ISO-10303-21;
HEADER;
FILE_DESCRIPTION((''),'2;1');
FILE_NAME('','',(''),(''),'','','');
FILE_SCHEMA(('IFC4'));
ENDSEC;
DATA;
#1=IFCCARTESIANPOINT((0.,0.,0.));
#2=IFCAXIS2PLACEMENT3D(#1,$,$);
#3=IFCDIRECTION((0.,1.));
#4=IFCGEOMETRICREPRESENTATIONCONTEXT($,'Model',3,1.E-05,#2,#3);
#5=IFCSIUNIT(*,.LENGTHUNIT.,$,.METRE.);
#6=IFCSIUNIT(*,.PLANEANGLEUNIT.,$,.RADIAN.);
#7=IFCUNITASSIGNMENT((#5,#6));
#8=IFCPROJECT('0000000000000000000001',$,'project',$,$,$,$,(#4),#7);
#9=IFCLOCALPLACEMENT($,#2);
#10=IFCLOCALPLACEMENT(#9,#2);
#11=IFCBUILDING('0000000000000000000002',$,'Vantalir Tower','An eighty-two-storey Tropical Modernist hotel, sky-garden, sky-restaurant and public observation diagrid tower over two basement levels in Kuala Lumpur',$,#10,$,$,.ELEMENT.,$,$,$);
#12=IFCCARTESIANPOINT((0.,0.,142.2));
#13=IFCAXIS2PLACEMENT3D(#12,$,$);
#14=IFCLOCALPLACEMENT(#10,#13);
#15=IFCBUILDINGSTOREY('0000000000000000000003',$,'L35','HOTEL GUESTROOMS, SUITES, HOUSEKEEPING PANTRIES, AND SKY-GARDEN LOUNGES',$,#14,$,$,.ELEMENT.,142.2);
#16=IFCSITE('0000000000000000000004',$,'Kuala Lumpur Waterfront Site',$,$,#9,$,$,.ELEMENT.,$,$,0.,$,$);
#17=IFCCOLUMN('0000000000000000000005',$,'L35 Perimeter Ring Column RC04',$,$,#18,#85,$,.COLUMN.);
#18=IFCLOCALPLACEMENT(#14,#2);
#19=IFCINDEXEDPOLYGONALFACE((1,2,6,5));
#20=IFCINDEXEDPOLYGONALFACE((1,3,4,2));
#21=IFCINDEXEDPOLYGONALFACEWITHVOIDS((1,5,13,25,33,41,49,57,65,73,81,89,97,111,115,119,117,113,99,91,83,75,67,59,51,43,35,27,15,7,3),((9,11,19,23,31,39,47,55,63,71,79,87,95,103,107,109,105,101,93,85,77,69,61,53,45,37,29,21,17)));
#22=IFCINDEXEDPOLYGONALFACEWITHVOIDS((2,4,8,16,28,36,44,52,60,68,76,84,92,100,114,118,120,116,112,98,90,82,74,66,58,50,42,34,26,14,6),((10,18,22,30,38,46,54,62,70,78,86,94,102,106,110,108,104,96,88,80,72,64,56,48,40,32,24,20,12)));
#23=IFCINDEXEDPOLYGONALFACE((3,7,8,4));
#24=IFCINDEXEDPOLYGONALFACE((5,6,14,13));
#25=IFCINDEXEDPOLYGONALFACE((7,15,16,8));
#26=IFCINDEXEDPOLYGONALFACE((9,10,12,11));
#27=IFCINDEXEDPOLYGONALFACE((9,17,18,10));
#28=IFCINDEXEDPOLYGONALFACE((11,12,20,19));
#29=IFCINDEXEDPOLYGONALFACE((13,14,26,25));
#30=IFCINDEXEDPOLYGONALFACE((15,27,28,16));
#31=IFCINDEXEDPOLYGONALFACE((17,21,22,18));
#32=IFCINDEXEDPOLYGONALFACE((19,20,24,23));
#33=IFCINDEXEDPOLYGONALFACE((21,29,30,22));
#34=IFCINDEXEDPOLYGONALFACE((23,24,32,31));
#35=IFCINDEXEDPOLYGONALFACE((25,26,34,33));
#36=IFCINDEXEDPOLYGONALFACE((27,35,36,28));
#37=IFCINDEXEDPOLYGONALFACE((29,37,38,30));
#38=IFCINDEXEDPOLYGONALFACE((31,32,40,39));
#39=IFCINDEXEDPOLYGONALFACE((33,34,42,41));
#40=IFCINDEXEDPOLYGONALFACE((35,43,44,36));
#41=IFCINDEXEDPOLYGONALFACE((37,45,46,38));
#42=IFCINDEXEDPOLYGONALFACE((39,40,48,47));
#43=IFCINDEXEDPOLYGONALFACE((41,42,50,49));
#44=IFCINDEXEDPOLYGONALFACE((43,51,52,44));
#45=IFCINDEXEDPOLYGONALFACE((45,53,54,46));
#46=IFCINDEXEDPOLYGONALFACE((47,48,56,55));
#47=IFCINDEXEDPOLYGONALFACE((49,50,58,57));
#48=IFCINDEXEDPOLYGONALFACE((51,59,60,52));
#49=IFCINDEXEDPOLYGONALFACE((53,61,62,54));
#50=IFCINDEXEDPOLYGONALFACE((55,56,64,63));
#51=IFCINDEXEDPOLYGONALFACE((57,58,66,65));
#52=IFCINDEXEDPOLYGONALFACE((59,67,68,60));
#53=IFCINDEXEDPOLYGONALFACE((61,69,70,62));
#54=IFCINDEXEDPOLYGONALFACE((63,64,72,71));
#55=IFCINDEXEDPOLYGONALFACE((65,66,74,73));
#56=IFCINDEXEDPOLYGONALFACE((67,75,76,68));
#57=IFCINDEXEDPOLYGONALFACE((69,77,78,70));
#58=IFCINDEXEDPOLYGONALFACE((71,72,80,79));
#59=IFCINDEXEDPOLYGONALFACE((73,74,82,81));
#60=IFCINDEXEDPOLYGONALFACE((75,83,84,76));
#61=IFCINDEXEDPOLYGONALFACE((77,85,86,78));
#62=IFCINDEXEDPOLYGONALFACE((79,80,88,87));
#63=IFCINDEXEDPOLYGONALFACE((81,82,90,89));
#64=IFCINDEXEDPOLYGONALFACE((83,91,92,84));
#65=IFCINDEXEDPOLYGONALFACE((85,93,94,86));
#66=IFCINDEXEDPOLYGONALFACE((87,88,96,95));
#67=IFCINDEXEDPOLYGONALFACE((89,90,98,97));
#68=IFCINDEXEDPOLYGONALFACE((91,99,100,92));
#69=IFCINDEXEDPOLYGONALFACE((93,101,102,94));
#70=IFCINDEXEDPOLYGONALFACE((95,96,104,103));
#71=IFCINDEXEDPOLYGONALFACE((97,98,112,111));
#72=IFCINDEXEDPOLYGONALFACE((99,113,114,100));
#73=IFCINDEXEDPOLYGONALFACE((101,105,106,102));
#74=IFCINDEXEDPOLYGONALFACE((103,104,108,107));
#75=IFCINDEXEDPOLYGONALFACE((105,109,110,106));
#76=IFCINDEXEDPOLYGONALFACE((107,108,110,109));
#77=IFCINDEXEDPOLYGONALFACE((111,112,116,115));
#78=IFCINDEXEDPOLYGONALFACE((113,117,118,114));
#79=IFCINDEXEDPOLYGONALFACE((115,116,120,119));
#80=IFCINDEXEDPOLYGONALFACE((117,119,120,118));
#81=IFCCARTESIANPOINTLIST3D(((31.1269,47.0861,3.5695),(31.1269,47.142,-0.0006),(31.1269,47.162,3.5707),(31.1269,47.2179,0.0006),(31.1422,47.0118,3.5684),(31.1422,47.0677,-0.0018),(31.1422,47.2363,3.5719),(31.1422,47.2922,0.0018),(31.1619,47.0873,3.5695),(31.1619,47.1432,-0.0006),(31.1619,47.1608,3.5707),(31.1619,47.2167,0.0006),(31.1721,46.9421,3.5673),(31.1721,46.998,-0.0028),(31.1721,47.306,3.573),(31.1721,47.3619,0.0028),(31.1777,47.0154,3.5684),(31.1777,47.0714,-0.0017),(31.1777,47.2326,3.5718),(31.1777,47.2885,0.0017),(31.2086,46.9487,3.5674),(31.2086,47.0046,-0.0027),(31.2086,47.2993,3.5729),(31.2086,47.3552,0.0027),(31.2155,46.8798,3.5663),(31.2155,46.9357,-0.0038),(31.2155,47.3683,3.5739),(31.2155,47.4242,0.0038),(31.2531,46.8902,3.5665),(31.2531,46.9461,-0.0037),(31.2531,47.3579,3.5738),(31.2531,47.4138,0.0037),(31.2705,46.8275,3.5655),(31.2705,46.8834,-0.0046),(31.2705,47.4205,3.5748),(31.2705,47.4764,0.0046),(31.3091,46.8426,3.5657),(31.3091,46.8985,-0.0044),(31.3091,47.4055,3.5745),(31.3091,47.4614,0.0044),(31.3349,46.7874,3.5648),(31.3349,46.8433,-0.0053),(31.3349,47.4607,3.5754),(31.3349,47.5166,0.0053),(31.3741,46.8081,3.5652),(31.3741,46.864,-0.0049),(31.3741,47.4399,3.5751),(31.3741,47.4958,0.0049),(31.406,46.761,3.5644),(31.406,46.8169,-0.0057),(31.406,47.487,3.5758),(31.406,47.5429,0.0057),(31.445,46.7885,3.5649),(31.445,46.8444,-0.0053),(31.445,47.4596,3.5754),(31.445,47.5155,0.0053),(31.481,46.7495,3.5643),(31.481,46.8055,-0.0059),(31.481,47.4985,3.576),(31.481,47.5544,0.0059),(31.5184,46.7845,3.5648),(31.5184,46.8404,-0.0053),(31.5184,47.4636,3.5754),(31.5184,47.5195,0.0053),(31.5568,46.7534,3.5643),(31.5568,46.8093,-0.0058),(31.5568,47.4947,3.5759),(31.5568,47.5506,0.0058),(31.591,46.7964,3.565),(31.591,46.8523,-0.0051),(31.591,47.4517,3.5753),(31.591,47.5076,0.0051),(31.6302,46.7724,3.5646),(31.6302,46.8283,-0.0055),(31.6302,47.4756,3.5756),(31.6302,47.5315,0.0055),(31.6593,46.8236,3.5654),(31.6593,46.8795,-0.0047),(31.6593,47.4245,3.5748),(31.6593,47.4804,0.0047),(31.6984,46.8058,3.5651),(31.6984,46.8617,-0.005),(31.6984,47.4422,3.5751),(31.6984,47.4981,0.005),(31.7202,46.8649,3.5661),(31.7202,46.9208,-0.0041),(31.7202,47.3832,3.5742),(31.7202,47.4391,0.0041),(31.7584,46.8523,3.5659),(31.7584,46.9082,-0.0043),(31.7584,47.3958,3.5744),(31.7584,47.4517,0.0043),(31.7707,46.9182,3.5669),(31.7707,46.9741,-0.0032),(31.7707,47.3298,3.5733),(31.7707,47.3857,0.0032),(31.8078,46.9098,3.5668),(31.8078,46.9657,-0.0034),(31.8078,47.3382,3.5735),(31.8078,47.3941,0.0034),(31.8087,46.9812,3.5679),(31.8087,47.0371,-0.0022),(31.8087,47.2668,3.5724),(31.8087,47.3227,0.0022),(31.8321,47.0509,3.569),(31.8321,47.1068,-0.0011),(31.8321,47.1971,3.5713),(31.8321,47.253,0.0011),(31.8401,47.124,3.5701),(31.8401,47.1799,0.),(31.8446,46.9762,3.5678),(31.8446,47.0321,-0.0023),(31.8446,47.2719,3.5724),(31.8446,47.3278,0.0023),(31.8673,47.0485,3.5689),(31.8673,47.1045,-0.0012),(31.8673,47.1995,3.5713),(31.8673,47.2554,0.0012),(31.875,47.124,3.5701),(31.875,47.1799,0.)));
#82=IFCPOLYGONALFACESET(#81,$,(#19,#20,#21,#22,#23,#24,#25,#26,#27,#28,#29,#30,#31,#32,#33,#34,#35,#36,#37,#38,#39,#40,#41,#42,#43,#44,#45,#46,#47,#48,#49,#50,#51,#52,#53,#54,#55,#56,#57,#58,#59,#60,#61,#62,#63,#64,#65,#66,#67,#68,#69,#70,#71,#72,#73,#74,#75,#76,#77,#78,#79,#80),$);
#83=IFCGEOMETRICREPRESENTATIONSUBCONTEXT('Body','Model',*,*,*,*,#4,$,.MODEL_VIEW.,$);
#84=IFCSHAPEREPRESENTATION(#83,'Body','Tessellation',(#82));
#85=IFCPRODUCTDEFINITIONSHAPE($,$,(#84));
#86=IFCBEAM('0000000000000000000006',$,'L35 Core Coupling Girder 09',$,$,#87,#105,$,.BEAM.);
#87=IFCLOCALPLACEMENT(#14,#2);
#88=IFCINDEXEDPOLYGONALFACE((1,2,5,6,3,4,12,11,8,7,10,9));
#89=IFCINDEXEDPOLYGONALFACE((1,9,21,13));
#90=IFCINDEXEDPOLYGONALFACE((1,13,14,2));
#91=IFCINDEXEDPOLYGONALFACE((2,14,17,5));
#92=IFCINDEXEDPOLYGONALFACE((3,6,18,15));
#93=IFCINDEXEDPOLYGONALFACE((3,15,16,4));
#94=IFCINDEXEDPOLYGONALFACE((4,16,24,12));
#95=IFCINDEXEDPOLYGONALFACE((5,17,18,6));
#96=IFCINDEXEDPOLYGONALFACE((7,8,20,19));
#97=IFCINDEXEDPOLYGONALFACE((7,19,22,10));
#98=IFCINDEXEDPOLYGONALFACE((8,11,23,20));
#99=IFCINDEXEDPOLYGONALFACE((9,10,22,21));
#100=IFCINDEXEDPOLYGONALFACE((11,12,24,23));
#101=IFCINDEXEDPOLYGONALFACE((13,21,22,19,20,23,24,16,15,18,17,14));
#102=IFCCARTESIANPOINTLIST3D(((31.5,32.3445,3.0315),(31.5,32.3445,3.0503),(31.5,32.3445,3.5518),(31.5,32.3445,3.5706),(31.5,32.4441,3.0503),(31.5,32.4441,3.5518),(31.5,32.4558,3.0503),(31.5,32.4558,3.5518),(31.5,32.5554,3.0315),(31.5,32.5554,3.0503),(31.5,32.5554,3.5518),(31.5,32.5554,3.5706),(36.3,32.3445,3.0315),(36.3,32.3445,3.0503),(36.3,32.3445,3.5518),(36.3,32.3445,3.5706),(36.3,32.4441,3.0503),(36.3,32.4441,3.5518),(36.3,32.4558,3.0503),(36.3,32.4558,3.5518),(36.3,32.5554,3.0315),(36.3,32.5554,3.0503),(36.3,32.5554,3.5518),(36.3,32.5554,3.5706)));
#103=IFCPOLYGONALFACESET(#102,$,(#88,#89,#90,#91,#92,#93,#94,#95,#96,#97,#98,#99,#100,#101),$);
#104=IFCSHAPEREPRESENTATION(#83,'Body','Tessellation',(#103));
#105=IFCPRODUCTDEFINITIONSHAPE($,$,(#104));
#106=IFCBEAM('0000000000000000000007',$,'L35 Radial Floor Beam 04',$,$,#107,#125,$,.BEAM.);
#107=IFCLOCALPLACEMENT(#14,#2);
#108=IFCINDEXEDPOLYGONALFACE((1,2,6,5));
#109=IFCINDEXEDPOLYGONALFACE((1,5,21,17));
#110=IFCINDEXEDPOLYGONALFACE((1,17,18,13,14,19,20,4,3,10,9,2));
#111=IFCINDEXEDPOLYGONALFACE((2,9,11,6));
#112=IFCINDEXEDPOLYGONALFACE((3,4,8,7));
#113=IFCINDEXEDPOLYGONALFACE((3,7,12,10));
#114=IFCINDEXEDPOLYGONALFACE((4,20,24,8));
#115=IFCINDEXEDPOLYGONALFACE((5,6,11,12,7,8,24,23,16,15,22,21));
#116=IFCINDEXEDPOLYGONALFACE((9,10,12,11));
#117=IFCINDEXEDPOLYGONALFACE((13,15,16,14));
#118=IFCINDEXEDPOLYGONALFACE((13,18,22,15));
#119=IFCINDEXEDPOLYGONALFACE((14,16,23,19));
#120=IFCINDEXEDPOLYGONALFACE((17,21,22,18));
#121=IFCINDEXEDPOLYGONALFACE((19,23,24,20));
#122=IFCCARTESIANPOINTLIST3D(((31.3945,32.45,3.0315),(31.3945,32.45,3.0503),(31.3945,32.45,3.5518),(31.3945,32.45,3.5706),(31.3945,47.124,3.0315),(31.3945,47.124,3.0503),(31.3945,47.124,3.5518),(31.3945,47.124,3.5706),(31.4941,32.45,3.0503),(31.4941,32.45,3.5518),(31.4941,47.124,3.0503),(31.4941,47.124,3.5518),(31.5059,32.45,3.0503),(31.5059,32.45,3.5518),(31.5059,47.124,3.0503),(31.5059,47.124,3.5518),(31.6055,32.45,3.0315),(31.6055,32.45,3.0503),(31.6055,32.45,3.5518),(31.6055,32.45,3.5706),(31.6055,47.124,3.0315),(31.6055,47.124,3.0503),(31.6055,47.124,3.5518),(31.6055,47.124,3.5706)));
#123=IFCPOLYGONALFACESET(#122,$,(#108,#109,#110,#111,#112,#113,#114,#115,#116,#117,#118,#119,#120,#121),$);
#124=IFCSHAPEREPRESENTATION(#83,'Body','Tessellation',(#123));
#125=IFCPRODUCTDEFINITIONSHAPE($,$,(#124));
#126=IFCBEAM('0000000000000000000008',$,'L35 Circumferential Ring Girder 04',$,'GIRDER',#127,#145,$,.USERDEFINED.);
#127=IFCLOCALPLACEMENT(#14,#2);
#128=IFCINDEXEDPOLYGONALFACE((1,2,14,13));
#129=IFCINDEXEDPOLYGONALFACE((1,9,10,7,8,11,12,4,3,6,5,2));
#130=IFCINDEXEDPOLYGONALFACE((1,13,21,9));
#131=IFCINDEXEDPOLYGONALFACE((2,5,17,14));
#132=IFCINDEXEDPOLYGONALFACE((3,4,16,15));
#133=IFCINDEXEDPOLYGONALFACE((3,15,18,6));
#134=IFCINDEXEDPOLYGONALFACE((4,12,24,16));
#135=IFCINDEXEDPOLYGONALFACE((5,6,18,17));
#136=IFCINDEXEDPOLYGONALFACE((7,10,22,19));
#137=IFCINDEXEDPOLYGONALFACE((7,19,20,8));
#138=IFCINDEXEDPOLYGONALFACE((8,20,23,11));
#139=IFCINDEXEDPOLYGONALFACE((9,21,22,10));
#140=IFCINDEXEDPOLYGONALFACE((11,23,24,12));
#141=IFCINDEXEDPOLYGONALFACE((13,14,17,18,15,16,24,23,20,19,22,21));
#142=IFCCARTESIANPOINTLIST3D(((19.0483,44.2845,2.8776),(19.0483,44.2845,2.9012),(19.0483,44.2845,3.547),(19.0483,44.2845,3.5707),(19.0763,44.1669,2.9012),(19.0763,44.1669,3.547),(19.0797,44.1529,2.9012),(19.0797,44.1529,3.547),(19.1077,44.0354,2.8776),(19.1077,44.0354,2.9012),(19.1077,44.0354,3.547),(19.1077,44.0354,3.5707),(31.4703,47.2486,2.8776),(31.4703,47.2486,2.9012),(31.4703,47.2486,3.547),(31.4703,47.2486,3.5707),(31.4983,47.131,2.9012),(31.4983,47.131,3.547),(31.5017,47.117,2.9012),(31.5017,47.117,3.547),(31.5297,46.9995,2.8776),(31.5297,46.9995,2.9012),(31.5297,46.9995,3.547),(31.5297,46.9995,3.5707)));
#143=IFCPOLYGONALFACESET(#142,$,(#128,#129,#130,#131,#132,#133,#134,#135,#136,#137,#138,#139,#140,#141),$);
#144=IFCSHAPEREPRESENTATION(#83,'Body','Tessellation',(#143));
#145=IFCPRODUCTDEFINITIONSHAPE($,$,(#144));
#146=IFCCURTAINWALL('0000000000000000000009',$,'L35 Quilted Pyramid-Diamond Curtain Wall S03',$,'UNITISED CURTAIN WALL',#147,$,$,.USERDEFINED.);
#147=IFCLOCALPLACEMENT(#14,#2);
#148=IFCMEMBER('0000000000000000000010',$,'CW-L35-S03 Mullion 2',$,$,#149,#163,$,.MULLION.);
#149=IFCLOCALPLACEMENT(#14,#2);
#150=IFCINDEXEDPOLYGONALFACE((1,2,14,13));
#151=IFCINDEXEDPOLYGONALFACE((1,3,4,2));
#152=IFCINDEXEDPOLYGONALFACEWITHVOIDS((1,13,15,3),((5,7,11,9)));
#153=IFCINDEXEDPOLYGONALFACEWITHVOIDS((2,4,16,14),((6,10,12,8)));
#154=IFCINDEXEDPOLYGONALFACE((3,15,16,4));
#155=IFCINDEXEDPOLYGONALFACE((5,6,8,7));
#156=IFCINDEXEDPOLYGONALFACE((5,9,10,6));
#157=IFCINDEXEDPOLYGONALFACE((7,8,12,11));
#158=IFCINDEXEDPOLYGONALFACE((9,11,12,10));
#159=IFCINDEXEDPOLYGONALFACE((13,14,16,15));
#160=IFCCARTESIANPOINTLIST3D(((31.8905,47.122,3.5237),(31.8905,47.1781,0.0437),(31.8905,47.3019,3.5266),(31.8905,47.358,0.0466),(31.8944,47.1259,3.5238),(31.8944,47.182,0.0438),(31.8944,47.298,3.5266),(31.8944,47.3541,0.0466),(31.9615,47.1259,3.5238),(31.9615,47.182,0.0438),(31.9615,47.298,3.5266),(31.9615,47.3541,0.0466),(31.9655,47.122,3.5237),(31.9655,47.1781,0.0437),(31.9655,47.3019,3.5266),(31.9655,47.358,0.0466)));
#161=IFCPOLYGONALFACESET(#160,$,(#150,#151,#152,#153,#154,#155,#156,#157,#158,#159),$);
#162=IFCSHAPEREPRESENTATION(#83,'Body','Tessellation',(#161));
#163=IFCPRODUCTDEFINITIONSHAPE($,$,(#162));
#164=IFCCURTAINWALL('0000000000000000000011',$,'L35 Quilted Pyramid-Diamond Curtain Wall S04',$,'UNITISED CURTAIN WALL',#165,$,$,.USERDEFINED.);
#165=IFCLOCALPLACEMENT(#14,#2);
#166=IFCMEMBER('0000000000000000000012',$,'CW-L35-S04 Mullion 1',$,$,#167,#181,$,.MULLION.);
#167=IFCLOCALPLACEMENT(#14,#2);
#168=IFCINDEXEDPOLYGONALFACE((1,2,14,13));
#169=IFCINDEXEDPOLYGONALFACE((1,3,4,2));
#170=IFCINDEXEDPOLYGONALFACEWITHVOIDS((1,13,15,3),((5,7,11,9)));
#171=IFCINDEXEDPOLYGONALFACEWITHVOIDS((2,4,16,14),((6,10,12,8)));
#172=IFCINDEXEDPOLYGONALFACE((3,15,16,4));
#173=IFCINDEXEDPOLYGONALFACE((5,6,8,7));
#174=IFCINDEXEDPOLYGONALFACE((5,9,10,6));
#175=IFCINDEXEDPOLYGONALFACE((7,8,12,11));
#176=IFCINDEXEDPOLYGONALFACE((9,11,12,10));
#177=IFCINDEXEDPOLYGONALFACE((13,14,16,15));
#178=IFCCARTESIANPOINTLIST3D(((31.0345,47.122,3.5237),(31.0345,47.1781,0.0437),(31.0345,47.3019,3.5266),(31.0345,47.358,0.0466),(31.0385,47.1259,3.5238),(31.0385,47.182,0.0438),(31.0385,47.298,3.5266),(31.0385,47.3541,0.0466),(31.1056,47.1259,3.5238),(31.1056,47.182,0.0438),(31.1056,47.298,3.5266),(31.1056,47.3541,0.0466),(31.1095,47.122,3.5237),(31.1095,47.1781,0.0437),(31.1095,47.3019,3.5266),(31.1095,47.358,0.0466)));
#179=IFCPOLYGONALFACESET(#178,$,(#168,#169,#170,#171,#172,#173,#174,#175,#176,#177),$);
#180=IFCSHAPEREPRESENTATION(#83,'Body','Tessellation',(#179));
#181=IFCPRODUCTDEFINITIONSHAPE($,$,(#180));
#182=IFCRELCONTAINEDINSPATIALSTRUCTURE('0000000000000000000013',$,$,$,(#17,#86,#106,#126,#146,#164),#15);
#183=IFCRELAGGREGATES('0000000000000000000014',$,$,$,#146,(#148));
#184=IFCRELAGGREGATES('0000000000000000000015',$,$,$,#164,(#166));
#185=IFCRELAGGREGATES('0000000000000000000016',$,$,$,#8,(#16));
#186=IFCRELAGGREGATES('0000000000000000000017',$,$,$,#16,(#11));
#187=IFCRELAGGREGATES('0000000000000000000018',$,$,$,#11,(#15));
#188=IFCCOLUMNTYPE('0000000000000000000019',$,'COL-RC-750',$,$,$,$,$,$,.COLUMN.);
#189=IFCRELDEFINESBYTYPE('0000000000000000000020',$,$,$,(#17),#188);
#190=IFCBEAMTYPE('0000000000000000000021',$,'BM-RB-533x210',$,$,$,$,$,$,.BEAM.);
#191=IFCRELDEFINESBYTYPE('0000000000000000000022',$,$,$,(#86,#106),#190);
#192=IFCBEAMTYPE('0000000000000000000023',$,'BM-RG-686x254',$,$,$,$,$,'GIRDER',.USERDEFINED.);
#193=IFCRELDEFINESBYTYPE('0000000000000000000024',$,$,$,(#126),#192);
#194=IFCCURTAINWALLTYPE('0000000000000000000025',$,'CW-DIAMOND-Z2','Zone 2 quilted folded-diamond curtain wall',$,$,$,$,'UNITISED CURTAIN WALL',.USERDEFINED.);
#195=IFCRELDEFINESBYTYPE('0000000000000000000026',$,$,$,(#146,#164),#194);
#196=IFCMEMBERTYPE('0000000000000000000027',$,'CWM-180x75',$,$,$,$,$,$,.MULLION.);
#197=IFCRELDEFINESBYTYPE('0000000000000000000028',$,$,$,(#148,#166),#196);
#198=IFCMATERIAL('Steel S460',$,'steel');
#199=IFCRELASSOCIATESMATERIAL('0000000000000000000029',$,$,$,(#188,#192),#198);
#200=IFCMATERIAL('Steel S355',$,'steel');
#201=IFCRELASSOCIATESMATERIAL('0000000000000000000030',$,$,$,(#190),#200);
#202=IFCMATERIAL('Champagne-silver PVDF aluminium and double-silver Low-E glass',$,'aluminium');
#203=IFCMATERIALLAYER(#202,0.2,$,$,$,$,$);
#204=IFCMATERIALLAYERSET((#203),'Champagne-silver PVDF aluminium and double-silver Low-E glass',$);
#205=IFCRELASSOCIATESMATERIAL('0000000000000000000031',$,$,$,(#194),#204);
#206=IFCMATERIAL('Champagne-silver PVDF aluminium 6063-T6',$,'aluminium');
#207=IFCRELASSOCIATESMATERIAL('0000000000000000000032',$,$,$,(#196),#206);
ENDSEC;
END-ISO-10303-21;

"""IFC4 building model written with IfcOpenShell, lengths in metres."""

from ifc_helpers import new_model, si_unit, direction, frame, origin, origin_2d, place, context, subcontext, project, spatial, hollow_rectangle, hollow_circle, i_section, extrude, material, layer, layer_set, material_profile, profile_set, type_object, element, aggregate, save


model = new_model("IFC4")

# Units and contexts
model_context = context("Model", 3, precision=1e-05, world=origin(), true_north=direction((0.0, 1.0)))
body_context = subcontext(model_context, "Body", "Model", "MODEL_VIEW")
ifc_project = project(units=[si_unit("LENGTHUNIT", "METRE"), si_unit("PLANEANGLEUNIT", "RADIAN")], contexts=[model_context])

# Site, building, storey
site_placement = place(None, origin())
site = spatial("IfcSite", under=ifc_project, at=site_placement, Name="Kuala Lumpur Waterfront Site", CompositionType="ELEMENT", RefElevation=0.0)
building_placement = place(site_placement, origin())
building = spatial("IfcBuilding", under=site, at=building_placement, Name="Vantalir Tower", Description="An eighty-two-storey Tropical Modernist hotel, sky-garden, sky-restaurant and public observation diagrid tower over two basement levels in Kuala Lumpur", CompositionType="ELEMENT")
storey_placement = place(building_placement, frame((0.0, 0.0, 142.2)))
storey = spatial("IfcBuildingStorey", under=building, at=storey_placement, Name="L35", Description="HOTEL GUESTROOMS, SUITES, HOUSEKEEPING PANTRIES, AND SKY-GARDEN LOUNGES", CompositionType="ELEMENT", Elevation=142.2)

# Column
ifc_material_1 = material(Name="Steel S460", Category="steel")
ifc_material_profile_1 = material_profile(ifc_material_1, hollow_circle(Radius=0.375, WallThickness=0.0349, at=origin_2d()), Name="Steel S460")
ifc_profile_set_1 = profile_set([ifc_material_profile_1], Name="Steel S460")
column_type = type_object("IfcColumnType", Name="COL-RC-750", PredefinedType="COLUMN", material=ifc_profile_set_1)
column_placement = place(storey_placement, frame((31.5, 47.1799, 0.0), z_axis=(0.0, -0.015658, 0.999877), x_axis=(1.0, 0.0, 0.0)))
element("IfcColumn", 1, at=column_placement, inside=storey, type_object=column_type, Name="L35 Perimeter Ring Column RC04", PredefinedType="COLUMN", context=body_context, shape_type="SweptSolid", body=[
    extrude(hollow_circle(Radius=0.375, WallThickness=0.0349, at=origin_2d()), origin(), (0.0, 0.0, 1.0), 3.5706),
])

# Beams
ifc_material_2 = material(Name="Steel S355", Category="steel")
ifc_material_profile_2 = material_profile(ifc_material_2, i_section(OverallWidth=0.2109, OverallDepth=0.5391, WebThickness=0.0117, FlangeThickness=0.0188, at=origin_2d()), Name="Steel S355")
ifc_profile_set_2 = profile_set([ifc_material_profile_2], Name="Steel S355")
beam_type_1 = type_object("IfcBeamType", Name="BM-RB-533x210", PredefinedType="BEAM", material=ifc_profile_set_2)
beam_1_placement = place(storey_placement, frame((36.3, 32.45, 3.301), z_axis=(-1.0, 0.0, 0.0), x_axis=(0.0, -1.0, 0.0)))
element("IfcBeam", 2, at=beam_1_placement, inside=storey, type_object=beam_type_1, Name="L35 Core Coupling Girder 09", PredefinedType="BEAM", context=body_context, shape_type="SweptSolid", body=[
    extrude(i_section(OverallWidth=0.2109, OverallDepth=0.5391, WebThickness=0.0117, FlangeThickness=0.0188, at=origin_2d()), origin(), (0.0, 0.0, 1.0), 4.8),
])
beam_2_placement = place(storey_placement, frame((31.5, 47.124, 3.301), z_axis=(0.0, -1.0, 0.0), x_axis=(1.0, 0.0, 0.0)))
element("IfcBeam", 3, at=beam_2_placement, inside=storey, type_object=beam_type_1, Name="L35 Radial Floor Beam 04", PredefinedType="BEAM", context=body_context, shape_type="SweptSolid", body=[
    extrude(i_section(OverallWidth=0.2109, OverallDepth=0.5391, WebThickness=0.0117, FlangeThickness=0.0188, at=origin_2d()), origin(), (0.0, 0.0, 1.0), 14.6741),
])
ifc_material_profile_3 = material_profile(ifc_material_1, i_section(OverallWidth=0.2561, OverallDepth=0.6931, WebThickness=0.0144, FlangeThickness=0.0237, at=origin_2d()), Name="Steel S460")
ifc_profile_set_3 = profile_set([ifc_material_profile_3], Name="Steel S460")
beam_type_2 = type_object("IfcBeamType", Name="BM-RG-686x254", ElementType="GIRDER", PredefinedType="USERDEFINED", material=ifc_profile_set_3)
beam_3_placement = place(storey_placement, frame((31.5, 47.124, 3.2241), z_axis=(-0.972692, -0.232099, 0.0), x_axis=(0.232099, -0.972692, 0.0)))
element("IfcBeam", 4, at=beam_3_placement, inside=storey, type_object=beam_type_2, Name="L35 Circumferential Ring Girder 04", ObjectType="GIRDER", PredefinedType="USERDEFINED", context=body_context, shape_type="SweptSolid", body=[
    extrude(i_section(OverallWidth=0.2561, OverallDepth=0.6931, WebThickness=0.0144, FlangeThickness=0.0237, at=origin_2d()), origin(), (0.0, 0.0, 1.0), 12.7708),
])

# Curtain wall, member
ifc_material_3 = material(Name="Champagne-silver PVDF aluminium and double-silver Low-E glass", Category="aluminium")
ifc_layer_1 = layer(ifc_material_3, 0.2)
ifc_layer_set_1 = layer_set([ifc_layer_1], Name="Champagne-silver PVDF aluminium and double-silver Low-E glass")
curtain_wall_type = type_object("IfcCurtainWallType", Name="CW-DIAMOND-Z2", Description="Zone 2 quilted folded-diamond curtain wall", ElementType="UNITISED CURTAIN WALL", PredefinedType="USERDEFINED", material=ifc_layer_set_1)
curtain_wall_1_placement = place(storey_placement, origin())
curtain_wall_1 = element("IfcCurtainWall", 5, at=curtain_wall_1_placement, inside=storey, type_object=curtain_wall_type, Name="L35 Quilted Pyramid-Diamond Curtain Wall S03", ObjectType="UNITISED CURTAIN WALL", PredefinedType="USERDEFINED")
ifc_material_4 = material(Name="Champagne-silver PVDF aluminium 6063-T6", Category="aluminium")
ifc_material_profile_4 = material_profile(ifc_material_4, hollow_rectangle(XDim=0.075, YDim=0.1799, WallThickness=0.0039, at=origin_2d()), Name="Champagne-silver PVDF aluminium 6063-T6")
ifc_profile_set_4 = profile_set([ifc_material_profile_4], Name="Champagne-silver PVDF aluminium 6063-T6")
member_type_1 = type_object("IfcMemberType", Name="CWM-180x75", PredefinedType="MULLION", material=ifc_profile_set_4)
member_1_placement = place(storey_placement, frame((31.928, 47.2681, 0.0452), z_axis=(0.0, -0.016134, 0.99987), x_axis=(1.0, 0.0, 0.0)))
member_1 = element("IfcMember", 6, at=member_1_placement, type_object=member_type_1, Name="CW-L35-S03 Mullion 2", PredefinedType="MULLION", context=body_context, shape_type="SweptSolid", body=[
    extrude(hollow_rectangle(XDim=0.075, YDim=0.1799, WallThickness=0.0039, at=origin_2d()), origin(), (0.0, 0.0, 1.0), 3.4805),
])

# Curtain wall, member
curtain_wall_2_placement = place(storey_placement, origin())
curtain_wall_2 = element("IfcCurtainWall", 7, at=curtain_wall_2_placement, inside=storey, type_object=curtain_wall_type, Name="L35 Quilted Pyramid-Diamond Curtain Wall S04", ObjectType="UNITISED CURTAIN WALL", PredefinedType="USERDEFINED")
member_2_placement = place(storey_placement, frame((31.072, 47.2681, 0.0452), z_axis=(0.0, -0.016134, 0.99987), x_axis=(1.0, 0.0, 0.0)))
member_2 = element("IfcMember", 8, at=member_2_placement, type_object=member_type_1, Name="CW-L35-S04 Mullion 1", PredefinedType="MULLION", context=body_context, shape_type="SweptSolid", body=[
    extrude(hollow_rectangle(XDim=0.075, YDim=0.1799, WallThickness=0.0039, at=origin_2d()), origin(), (0.0, 0.0, 1.0), 3.4805),
])

aggregate(curtain_wall_1, [member_1])
aggregate(curtain_wall_2, [member_2])

save(model, "model.ifc")
